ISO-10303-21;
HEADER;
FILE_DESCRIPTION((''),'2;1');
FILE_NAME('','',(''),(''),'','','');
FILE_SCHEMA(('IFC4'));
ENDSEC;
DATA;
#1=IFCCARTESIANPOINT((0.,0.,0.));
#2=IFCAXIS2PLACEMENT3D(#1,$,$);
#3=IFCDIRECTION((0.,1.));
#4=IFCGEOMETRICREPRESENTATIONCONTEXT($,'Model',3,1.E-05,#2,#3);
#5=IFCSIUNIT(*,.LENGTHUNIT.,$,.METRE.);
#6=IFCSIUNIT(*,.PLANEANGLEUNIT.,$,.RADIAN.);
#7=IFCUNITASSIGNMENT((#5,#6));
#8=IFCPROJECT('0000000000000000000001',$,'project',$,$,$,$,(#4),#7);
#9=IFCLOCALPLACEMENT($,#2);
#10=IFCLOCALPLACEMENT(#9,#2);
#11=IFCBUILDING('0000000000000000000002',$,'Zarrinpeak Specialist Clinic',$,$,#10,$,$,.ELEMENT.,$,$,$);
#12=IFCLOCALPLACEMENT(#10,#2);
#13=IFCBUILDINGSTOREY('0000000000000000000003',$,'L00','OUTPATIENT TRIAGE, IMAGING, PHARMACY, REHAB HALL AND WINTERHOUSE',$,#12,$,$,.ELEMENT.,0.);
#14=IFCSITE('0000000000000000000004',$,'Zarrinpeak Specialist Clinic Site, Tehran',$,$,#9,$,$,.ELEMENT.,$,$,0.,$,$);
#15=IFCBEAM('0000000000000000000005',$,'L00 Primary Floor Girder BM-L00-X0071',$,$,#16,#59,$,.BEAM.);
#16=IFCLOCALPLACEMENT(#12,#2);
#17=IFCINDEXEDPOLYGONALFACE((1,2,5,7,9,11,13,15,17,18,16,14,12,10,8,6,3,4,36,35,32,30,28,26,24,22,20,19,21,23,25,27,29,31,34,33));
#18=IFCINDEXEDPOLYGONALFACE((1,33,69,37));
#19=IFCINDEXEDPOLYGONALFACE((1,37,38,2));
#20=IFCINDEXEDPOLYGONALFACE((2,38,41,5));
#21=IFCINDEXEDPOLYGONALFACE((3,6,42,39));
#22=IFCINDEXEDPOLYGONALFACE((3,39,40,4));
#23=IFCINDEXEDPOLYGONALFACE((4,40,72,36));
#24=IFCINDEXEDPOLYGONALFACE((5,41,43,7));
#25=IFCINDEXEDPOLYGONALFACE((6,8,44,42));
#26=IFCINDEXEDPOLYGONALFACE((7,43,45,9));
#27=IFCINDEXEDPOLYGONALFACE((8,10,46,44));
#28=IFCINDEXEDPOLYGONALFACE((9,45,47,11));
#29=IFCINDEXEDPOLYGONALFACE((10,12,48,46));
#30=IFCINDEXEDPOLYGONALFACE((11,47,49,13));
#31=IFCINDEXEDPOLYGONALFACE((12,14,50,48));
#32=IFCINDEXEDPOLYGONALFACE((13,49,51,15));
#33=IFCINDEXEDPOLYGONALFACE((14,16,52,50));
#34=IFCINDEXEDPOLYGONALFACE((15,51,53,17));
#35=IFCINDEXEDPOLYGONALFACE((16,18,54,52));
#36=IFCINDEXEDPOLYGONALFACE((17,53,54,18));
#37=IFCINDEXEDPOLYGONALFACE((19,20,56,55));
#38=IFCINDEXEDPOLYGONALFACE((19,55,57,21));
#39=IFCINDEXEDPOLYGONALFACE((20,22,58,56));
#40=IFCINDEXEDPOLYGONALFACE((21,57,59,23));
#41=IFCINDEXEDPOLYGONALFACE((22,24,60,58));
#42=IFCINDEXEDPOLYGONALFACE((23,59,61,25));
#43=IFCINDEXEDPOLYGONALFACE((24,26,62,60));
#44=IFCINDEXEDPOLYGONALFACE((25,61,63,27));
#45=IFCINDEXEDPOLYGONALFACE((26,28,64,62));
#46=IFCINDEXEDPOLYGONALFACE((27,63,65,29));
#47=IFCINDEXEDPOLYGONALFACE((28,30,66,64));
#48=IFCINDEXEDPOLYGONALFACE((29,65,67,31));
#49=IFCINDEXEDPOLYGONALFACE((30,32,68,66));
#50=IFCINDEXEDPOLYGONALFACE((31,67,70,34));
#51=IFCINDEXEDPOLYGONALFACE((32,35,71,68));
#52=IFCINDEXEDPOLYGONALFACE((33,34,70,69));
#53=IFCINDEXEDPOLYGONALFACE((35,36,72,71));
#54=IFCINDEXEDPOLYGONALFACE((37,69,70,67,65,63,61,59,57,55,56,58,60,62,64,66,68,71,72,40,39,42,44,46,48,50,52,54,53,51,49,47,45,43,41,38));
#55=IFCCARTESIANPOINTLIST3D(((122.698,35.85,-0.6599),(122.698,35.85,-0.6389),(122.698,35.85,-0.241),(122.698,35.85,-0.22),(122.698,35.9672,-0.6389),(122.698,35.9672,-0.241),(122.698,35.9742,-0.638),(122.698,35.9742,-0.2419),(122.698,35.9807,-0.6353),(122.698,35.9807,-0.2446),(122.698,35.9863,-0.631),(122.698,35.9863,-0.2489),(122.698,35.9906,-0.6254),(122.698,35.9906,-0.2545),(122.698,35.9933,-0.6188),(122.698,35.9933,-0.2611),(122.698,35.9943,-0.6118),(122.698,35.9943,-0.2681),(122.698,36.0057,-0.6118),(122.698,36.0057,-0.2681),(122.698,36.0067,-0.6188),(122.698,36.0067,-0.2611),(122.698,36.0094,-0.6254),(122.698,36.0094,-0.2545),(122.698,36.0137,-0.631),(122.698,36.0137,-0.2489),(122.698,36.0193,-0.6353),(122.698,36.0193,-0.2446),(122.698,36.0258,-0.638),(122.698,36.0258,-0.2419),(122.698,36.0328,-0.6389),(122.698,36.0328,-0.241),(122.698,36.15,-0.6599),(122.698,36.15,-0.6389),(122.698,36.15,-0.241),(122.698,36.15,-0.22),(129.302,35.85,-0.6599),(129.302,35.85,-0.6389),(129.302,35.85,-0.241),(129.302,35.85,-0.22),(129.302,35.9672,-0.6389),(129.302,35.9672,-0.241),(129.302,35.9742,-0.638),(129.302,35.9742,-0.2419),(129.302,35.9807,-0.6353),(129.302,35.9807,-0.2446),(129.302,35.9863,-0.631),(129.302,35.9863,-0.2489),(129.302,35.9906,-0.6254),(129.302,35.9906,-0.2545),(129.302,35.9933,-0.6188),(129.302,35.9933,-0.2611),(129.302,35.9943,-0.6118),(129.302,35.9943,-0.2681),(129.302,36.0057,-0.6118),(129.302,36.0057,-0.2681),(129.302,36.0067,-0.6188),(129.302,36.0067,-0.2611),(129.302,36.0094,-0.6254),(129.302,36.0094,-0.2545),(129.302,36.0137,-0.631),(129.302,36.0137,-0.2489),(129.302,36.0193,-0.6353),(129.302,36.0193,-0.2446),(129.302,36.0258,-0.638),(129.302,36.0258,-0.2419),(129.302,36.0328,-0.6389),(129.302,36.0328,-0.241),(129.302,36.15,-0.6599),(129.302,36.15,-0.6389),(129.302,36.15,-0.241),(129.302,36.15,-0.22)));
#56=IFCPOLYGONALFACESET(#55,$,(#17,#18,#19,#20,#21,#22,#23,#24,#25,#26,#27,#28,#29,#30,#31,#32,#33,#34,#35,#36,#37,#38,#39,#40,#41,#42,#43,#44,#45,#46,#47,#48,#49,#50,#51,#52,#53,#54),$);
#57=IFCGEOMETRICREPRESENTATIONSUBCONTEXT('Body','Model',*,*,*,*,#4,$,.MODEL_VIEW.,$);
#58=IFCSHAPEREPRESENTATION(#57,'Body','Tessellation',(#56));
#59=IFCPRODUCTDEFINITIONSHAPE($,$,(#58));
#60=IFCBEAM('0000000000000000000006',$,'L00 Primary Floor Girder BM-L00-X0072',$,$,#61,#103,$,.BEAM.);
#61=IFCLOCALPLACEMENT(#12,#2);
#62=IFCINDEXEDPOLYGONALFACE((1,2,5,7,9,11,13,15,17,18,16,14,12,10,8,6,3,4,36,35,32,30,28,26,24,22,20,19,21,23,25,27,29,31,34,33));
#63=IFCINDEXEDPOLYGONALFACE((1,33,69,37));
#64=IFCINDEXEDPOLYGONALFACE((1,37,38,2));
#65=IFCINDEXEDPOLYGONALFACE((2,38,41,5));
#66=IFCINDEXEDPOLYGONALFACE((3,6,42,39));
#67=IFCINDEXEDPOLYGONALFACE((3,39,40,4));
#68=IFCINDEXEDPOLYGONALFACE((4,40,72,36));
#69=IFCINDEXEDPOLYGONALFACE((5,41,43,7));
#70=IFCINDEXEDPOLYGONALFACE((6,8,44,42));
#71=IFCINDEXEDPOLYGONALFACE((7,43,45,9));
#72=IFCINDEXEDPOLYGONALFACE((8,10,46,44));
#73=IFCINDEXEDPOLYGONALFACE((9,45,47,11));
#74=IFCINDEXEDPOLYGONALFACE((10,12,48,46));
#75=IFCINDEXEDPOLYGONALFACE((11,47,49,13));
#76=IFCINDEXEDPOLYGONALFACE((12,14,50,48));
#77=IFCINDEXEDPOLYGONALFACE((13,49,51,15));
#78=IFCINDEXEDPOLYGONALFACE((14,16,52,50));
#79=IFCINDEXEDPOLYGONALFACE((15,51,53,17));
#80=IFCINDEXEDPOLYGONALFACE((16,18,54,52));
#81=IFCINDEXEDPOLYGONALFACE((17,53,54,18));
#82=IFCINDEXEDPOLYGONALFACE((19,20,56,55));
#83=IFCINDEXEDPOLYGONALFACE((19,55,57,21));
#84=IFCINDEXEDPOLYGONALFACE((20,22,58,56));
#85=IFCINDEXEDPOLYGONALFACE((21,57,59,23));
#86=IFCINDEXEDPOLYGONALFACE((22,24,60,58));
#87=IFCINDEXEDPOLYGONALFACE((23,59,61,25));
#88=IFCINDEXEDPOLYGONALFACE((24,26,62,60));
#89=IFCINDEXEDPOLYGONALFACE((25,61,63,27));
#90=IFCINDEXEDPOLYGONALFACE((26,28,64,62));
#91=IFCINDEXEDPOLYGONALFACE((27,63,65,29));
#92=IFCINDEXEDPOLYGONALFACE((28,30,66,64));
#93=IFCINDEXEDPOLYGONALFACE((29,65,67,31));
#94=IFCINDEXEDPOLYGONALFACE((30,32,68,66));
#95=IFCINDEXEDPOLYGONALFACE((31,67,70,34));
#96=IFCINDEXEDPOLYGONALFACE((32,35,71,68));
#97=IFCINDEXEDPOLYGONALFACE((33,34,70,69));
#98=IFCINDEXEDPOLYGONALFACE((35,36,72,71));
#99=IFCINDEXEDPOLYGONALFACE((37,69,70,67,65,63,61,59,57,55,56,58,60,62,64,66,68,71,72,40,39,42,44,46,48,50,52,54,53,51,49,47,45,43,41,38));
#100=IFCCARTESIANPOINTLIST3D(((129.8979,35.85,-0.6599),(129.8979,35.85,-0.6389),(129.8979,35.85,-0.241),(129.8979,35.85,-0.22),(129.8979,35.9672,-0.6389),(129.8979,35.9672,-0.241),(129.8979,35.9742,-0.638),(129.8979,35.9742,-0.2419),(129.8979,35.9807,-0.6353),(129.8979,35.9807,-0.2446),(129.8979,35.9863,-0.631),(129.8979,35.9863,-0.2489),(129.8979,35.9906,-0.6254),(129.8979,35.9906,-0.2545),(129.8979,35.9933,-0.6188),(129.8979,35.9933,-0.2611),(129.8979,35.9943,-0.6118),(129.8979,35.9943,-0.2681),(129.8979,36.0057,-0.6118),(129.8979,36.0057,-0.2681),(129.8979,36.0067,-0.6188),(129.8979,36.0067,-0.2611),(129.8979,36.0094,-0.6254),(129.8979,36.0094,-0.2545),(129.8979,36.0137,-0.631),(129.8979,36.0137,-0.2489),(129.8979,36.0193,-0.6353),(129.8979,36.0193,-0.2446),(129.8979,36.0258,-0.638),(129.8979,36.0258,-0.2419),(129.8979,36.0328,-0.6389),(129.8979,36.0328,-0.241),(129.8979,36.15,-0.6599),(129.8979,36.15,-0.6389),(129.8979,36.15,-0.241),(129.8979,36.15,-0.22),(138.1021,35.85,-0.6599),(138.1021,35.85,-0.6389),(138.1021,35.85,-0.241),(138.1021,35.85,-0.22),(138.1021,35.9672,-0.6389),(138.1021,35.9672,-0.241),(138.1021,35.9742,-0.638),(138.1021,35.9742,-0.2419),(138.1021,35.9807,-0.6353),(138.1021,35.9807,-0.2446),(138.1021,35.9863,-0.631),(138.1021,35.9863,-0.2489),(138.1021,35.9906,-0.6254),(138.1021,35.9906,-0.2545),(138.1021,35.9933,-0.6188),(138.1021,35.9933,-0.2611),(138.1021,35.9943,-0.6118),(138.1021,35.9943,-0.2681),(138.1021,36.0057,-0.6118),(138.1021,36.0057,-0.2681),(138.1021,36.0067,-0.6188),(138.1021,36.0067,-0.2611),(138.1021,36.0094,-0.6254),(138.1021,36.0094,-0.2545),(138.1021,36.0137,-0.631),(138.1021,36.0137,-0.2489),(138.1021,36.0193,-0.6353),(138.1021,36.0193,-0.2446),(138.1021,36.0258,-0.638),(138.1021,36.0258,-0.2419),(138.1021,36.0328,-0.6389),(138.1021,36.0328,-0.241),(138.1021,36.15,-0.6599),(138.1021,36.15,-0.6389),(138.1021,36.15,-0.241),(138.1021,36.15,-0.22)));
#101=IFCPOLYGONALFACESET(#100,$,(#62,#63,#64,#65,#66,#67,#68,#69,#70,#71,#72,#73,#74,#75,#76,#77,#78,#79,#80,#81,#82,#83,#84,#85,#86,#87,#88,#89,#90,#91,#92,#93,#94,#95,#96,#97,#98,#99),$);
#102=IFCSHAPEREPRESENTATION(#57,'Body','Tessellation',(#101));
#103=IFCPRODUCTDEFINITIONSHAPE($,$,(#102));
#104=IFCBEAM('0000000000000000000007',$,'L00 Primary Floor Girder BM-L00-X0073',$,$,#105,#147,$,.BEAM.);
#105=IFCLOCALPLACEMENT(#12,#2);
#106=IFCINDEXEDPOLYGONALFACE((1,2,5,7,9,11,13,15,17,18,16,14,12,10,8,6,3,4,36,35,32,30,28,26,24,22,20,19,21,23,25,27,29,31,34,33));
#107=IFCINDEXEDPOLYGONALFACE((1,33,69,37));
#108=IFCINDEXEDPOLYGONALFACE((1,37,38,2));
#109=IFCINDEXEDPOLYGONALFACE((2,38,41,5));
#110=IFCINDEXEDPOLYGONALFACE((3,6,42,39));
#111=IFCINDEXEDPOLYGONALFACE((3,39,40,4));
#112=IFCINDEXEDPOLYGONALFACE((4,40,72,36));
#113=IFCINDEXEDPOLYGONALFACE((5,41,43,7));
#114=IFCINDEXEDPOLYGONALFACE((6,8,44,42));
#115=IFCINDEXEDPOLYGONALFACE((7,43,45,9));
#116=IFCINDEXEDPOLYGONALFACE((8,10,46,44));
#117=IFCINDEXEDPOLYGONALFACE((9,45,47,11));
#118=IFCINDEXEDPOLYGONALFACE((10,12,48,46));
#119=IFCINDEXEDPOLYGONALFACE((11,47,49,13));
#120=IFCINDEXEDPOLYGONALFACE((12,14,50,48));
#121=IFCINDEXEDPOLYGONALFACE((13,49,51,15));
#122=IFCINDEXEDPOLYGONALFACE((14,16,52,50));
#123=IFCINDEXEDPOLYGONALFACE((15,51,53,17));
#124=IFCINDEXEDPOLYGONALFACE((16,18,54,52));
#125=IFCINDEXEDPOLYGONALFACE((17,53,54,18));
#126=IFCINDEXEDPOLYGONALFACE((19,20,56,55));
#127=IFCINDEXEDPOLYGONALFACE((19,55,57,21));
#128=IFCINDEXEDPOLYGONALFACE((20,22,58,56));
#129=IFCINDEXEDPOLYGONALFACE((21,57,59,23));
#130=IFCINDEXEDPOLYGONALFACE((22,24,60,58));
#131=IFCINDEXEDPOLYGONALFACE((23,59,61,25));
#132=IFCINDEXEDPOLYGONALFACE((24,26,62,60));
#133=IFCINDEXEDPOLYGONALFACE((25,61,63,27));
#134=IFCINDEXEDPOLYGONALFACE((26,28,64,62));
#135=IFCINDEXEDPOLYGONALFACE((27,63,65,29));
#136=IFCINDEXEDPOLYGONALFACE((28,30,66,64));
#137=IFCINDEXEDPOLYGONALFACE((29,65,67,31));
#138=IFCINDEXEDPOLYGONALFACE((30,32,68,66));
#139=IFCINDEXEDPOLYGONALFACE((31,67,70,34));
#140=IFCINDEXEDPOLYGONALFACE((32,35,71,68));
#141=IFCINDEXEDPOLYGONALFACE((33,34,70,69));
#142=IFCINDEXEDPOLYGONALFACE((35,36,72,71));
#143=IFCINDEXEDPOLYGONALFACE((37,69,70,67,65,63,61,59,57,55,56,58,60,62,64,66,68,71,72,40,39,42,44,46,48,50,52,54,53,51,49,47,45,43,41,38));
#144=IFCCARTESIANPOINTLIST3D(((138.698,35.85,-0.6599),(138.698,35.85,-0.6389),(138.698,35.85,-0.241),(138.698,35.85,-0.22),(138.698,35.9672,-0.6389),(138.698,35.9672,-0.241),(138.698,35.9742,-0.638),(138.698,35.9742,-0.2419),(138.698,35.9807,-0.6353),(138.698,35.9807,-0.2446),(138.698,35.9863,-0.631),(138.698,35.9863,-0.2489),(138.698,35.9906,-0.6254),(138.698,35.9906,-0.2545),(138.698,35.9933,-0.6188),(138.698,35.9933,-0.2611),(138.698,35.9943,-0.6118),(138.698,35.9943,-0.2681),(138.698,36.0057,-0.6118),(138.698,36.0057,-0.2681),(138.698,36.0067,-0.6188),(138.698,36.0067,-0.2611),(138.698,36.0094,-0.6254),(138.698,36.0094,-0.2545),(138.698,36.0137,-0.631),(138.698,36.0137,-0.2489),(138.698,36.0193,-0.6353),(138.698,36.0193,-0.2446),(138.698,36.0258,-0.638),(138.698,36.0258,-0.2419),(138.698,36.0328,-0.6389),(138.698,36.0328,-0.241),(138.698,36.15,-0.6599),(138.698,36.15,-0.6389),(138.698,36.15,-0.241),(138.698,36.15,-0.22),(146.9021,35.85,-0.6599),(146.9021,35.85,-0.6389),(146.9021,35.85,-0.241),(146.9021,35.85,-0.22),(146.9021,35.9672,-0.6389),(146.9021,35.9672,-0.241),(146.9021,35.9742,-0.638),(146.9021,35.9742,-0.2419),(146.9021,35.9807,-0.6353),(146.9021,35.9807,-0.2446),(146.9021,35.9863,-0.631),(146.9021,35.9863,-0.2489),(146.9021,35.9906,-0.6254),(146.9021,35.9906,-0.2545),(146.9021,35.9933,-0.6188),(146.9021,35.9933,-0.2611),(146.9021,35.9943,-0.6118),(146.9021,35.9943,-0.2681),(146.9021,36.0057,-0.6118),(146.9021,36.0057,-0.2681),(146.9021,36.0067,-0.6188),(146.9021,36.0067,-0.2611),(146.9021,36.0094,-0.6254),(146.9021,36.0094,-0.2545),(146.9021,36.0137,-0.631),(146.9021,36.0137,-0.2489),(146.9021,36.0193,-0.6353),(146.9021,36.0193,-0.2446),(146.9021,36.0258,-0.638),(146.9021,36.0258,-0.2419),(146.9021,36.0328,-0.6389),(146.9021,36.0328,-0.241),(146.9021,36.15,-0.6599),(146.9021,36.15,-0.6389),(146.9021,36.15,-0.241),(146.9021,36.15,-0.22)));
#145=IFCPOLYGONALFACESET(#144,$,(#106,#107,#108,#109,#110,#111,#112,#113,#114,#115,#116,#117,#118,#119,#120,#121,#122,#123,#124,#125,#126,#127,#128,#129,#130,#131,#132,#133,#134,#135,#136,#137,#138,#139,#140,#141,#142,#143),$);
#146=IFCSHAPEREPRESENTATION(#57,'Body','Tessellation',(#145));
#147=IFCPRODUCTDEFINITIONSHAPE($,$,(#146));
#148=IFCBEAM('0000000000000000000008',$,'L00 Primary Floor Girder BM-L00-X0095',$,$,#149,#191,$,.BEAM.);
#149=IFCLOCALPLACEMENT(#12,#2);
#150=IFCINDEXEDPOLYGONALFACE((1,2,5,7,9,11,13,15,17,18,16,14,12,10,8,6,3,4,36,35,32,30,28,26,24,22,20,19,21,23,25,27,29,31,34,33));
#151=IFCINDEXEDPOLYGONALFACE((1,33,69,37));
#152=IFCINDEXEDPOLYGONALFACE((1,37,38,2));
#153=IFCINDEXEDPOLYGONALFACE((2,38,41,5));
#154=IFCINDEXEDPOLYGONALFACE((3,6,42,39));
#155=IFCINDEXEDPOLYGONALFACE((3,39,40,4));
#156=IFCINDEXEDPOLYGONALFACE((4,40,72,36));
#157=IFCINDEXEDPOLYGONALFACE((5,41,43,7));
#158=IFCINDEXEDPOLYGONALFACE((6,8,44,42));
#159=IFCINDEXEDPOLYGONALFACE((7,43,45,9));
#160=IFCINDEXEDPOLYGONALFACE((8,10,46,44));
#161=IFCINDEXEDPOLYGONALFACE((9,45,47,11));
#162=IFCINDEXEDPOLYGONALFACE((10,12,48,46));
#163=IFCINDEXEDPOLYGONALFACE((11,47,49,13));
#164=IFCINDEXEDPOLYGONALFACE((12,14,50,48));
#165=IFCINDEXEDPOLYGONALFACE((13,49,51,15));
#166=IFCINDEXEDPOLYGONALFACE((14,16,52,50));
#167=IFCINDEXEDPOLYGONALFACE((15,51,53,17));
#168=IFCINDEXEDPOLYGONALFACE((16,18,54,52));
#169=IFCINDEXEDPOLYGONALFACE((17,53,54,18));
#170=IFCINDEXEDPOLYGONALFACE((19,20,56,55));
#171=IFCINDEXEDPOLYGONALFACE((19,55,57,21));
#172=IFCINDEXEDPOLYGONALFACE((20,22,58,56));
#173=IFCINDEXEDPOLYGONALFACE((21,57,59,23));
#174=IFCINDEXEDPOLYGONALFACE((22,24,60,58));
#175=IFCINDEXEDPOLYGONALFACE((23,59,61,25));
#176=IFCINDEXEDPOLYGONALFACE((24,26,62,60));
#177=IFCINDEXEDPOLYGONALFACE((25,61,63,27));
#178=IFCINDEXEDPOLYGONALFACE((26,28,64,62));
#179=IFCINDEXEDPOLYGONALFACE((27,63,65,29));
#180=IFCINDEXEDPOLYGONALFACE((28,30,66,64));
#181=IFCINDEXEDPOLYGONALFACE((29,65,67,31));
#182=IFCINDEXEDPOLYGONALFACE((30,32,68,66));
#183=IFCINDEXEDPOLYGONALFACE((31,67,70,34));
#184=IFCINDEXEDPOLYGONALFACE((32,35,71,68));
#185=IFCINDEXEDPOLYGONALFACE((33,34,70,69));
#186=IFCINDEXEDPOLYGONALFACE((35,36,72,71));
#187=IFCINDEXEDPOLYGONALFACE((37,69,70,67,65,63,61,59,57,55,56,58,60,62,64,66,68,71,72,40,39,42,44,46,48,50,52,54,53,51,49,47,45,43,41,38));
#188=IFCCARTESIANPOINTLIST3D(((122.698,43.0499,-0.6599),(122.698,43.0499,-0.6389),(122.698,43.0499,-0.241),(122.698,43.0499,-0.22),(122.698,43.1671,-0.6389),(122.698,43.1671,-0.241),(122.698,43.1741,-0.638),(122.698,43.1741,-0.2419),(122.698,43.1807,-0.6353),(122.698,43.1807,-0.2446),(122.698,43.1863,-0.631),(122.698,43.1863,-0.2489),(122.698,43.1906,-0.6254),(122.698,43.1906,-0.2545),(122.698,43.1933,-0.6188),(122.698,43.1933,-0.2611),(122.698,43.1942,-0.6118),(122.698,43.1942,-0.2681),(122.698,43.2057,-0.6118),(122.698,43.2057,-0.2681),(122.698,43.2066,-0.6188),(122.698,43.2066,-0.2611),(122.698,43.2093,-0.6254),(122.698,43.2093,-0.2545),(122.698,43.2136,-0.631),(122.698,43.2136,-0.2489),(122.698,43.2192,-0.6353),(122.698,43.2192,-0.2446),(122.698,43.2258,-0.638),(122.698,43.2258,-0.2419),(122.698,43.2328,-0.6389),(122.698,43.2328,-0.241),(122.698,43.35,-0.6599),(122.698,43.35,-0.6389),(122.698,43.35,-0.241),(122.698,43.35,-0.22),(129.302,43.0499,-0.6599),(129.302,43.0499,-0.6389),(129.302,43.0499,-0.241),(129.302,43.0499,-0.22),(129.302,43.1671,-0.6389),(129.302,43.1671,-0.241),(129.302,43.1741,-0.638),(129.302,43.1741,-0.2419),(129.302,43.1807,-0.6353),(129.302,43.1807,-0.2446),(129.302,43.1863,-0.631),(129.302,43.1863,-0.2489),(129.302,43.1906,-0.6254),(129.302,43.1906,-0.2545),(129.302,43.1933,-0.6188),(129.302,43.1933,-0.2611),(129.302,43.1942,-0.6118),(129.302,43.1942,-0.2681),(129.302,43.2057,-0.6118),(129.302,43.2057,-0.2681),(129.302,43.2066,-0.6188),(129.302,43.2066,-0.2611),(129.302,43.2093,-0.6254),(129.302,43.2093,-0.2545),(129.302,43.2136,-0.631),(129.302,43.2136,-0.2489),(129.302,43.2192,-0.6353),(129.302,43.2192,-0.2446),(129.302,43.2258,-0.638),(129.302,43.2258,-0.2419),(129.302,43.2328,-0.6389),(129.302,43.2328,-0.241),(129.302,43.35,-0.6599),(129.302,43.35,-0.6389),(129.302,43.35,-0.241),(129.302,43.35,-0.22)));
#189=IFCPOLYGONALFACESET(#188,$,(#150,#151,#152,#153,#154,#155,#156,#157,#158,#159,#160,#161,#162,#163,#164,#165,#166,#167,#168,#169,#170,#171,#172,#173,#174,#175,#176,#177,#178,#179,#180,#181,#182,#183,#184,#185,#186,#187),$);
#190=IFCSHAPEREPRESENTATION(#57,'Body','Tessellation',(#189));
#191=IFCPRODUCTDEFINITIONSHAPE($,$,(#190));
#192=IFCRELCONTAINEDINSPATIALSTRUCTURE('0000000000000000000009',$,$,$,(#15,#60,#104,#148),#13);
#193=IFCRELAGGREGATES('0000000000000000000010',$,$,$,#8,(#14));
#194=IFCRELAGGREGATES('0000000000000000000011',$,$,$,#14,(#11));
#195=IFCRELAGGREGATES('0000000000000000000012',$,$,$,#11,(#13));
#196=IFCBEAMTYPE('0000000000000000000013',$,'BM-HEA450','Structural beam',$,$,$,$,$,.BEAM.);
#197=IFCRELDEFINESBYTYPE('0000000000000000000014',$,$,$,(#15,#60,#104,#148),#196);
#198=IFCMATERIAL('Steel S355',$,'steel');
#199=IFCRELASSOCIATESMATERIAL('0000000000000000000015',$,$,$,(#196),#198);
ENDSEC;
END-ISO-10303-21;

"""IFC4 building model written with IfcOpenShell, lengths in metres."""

from ifc_helpers import new_model, si_unit, direction, frame, origin, origin_2d, place, context, subcontext, project, spatial, i_section, extrude, material, material_profile, profile_set, type_object, element, save


model = new_model("IFC4")

# Units and contexts
model_context = context("Model", 3, precision=1e-05, world=origin(), true_north=direction((0.0, 1.0)))
body_context = subcontext(model_context, "Body", "Model", "MODEL_VIEW")
ifc_project = project(units=[si_unit("LENGTHUNIT", "METRE"), si_unit("PLANEANGLEUNIT", "RADIAN")], contexts=[model_context])

# Site, building, storey
site_placement = place(None, origin())
site = spatial("IfcSite", under=ifc_project, at=site_placement, Name="Zarrinpeak Specialist Clinic Site, Tehran", CompositionType="ELEMENT", RefElevation=0.0)
building_placement = place(site_placement, origin())
building = spatial("IfcBuilding", under=site, at=building_placement, Name="Zarrinpeak Specialist Clinic", CompositionType="ELEMENT")
storey_placement = place(building_placement, origin())
storey = spatial("IfcBuildingStorey", under=building, at=storey_placement, Name="L00", Description="OUTPATIENT TRIAGE, IMAGING, PHARMACY, REHAB HALL AND WINTERHOUSE", CompositionType="ELEMENT", Elevation=0.0)

# Beams
ifc_material_1 = material(Name="Steel S355", Category="steel")
ifc_material_profile_1 = material_profile(ifc_material_1, i_section(OverallWidth=0.3, OverallDepth=0.4399, WebThickness=0.0115, FlangeThickness=0.021, FilletRadius=0.0271, at=origin_2d()), Name="HEA 450")
ifc_profile_set_1 = profile_set([ifc_material_profile_1], Name="Steel S355")
beam_type_1 = type_object("IfcBeamType", Name="BM-HEA450", Description="Structural beam", PredefinedType="BEAM", material=ifc_profile_set_1)
beam_1_placement = place(storey_placement, frame((122.698, 36.0, -0.4399), z_axis=(1.0, 0.0, 0.0), x_axis=(0.0, 1.0, 0.0)))
element("IfcBeam", 1, at=beam_1_placement, inside=storey, type_object=beam_type_1, Name="L00 Primary Floor Girder BM-L00-X0071", PredefinedType="BEAM", context=body_context, shape_type="SweptSolid", body=[
    extrude(i_section(OverallWidth=0.3, OverallDepth=0.4399, WebThickness=0.0115, FlangeThickness=0.021, FilletRadius=0.0271, at=origin_2d()), origin(), (0.0, 0.0, 1.0), 6.604),
])
for number, where, z_axis, x_axis, name in (
    (2, (129.8979, 36.0, -0.4399), (1.0, 0.0, 0.0), (0.0, 1.0, 0.0), "L00 Primary Floor Girder BM-L00-X0072"),
    (3, (138.698, 36.0, -0.4399), (1.0, 0.0, 0.0), (0.0, 1.0, 0.0), "L00 Primary Floor Girder BM-L00-X0073"),
):
    element("IfcBeam", number, at=place(storey_placement, frame(where, z_axis=z_axis, x_axis=x_axis)), inside=storey, type_object=beam_type_1, Name=name, PredefinedType="BEAM", context=body_context, shape_type="SweptSolid", body=[
        extrude(i_section(OverallWidth=0.3, OverallDepth=0.4399, WebThickness=0.0115, FlangeThickness=0.021, FilletRadius=0.0271, at=origin_2d()), origin(), (0.0, 0.0, 1.0), 8.2041),
    ])
beam_2_placement = place(storey_placement, frame((122.698, 43.2, -0.4399), z_axis=(1.0, 0.0, 0.0), x_axis=(0.0, 1.0, 0.0)))
element("IfcBeam", 4, at=beam_2_placement, inside=storey, type_object=beam_type_1, Name="L00 Primary Floor Girder BM-L00-X0095", PredefinedType="BEAM", context=body_context, shape_type="SweptSolid", body=[
    extrude(i_section(OverallWidth=0.3, OverallDepth=0.4399, WebThickness=0.0115, FlangeThickness=0.021, FilletRadius=0.0271, at=origin_2d()), origin(), (0.0, 0.0, 1.0), 6.604),
])

save(model, "model.ifc")
